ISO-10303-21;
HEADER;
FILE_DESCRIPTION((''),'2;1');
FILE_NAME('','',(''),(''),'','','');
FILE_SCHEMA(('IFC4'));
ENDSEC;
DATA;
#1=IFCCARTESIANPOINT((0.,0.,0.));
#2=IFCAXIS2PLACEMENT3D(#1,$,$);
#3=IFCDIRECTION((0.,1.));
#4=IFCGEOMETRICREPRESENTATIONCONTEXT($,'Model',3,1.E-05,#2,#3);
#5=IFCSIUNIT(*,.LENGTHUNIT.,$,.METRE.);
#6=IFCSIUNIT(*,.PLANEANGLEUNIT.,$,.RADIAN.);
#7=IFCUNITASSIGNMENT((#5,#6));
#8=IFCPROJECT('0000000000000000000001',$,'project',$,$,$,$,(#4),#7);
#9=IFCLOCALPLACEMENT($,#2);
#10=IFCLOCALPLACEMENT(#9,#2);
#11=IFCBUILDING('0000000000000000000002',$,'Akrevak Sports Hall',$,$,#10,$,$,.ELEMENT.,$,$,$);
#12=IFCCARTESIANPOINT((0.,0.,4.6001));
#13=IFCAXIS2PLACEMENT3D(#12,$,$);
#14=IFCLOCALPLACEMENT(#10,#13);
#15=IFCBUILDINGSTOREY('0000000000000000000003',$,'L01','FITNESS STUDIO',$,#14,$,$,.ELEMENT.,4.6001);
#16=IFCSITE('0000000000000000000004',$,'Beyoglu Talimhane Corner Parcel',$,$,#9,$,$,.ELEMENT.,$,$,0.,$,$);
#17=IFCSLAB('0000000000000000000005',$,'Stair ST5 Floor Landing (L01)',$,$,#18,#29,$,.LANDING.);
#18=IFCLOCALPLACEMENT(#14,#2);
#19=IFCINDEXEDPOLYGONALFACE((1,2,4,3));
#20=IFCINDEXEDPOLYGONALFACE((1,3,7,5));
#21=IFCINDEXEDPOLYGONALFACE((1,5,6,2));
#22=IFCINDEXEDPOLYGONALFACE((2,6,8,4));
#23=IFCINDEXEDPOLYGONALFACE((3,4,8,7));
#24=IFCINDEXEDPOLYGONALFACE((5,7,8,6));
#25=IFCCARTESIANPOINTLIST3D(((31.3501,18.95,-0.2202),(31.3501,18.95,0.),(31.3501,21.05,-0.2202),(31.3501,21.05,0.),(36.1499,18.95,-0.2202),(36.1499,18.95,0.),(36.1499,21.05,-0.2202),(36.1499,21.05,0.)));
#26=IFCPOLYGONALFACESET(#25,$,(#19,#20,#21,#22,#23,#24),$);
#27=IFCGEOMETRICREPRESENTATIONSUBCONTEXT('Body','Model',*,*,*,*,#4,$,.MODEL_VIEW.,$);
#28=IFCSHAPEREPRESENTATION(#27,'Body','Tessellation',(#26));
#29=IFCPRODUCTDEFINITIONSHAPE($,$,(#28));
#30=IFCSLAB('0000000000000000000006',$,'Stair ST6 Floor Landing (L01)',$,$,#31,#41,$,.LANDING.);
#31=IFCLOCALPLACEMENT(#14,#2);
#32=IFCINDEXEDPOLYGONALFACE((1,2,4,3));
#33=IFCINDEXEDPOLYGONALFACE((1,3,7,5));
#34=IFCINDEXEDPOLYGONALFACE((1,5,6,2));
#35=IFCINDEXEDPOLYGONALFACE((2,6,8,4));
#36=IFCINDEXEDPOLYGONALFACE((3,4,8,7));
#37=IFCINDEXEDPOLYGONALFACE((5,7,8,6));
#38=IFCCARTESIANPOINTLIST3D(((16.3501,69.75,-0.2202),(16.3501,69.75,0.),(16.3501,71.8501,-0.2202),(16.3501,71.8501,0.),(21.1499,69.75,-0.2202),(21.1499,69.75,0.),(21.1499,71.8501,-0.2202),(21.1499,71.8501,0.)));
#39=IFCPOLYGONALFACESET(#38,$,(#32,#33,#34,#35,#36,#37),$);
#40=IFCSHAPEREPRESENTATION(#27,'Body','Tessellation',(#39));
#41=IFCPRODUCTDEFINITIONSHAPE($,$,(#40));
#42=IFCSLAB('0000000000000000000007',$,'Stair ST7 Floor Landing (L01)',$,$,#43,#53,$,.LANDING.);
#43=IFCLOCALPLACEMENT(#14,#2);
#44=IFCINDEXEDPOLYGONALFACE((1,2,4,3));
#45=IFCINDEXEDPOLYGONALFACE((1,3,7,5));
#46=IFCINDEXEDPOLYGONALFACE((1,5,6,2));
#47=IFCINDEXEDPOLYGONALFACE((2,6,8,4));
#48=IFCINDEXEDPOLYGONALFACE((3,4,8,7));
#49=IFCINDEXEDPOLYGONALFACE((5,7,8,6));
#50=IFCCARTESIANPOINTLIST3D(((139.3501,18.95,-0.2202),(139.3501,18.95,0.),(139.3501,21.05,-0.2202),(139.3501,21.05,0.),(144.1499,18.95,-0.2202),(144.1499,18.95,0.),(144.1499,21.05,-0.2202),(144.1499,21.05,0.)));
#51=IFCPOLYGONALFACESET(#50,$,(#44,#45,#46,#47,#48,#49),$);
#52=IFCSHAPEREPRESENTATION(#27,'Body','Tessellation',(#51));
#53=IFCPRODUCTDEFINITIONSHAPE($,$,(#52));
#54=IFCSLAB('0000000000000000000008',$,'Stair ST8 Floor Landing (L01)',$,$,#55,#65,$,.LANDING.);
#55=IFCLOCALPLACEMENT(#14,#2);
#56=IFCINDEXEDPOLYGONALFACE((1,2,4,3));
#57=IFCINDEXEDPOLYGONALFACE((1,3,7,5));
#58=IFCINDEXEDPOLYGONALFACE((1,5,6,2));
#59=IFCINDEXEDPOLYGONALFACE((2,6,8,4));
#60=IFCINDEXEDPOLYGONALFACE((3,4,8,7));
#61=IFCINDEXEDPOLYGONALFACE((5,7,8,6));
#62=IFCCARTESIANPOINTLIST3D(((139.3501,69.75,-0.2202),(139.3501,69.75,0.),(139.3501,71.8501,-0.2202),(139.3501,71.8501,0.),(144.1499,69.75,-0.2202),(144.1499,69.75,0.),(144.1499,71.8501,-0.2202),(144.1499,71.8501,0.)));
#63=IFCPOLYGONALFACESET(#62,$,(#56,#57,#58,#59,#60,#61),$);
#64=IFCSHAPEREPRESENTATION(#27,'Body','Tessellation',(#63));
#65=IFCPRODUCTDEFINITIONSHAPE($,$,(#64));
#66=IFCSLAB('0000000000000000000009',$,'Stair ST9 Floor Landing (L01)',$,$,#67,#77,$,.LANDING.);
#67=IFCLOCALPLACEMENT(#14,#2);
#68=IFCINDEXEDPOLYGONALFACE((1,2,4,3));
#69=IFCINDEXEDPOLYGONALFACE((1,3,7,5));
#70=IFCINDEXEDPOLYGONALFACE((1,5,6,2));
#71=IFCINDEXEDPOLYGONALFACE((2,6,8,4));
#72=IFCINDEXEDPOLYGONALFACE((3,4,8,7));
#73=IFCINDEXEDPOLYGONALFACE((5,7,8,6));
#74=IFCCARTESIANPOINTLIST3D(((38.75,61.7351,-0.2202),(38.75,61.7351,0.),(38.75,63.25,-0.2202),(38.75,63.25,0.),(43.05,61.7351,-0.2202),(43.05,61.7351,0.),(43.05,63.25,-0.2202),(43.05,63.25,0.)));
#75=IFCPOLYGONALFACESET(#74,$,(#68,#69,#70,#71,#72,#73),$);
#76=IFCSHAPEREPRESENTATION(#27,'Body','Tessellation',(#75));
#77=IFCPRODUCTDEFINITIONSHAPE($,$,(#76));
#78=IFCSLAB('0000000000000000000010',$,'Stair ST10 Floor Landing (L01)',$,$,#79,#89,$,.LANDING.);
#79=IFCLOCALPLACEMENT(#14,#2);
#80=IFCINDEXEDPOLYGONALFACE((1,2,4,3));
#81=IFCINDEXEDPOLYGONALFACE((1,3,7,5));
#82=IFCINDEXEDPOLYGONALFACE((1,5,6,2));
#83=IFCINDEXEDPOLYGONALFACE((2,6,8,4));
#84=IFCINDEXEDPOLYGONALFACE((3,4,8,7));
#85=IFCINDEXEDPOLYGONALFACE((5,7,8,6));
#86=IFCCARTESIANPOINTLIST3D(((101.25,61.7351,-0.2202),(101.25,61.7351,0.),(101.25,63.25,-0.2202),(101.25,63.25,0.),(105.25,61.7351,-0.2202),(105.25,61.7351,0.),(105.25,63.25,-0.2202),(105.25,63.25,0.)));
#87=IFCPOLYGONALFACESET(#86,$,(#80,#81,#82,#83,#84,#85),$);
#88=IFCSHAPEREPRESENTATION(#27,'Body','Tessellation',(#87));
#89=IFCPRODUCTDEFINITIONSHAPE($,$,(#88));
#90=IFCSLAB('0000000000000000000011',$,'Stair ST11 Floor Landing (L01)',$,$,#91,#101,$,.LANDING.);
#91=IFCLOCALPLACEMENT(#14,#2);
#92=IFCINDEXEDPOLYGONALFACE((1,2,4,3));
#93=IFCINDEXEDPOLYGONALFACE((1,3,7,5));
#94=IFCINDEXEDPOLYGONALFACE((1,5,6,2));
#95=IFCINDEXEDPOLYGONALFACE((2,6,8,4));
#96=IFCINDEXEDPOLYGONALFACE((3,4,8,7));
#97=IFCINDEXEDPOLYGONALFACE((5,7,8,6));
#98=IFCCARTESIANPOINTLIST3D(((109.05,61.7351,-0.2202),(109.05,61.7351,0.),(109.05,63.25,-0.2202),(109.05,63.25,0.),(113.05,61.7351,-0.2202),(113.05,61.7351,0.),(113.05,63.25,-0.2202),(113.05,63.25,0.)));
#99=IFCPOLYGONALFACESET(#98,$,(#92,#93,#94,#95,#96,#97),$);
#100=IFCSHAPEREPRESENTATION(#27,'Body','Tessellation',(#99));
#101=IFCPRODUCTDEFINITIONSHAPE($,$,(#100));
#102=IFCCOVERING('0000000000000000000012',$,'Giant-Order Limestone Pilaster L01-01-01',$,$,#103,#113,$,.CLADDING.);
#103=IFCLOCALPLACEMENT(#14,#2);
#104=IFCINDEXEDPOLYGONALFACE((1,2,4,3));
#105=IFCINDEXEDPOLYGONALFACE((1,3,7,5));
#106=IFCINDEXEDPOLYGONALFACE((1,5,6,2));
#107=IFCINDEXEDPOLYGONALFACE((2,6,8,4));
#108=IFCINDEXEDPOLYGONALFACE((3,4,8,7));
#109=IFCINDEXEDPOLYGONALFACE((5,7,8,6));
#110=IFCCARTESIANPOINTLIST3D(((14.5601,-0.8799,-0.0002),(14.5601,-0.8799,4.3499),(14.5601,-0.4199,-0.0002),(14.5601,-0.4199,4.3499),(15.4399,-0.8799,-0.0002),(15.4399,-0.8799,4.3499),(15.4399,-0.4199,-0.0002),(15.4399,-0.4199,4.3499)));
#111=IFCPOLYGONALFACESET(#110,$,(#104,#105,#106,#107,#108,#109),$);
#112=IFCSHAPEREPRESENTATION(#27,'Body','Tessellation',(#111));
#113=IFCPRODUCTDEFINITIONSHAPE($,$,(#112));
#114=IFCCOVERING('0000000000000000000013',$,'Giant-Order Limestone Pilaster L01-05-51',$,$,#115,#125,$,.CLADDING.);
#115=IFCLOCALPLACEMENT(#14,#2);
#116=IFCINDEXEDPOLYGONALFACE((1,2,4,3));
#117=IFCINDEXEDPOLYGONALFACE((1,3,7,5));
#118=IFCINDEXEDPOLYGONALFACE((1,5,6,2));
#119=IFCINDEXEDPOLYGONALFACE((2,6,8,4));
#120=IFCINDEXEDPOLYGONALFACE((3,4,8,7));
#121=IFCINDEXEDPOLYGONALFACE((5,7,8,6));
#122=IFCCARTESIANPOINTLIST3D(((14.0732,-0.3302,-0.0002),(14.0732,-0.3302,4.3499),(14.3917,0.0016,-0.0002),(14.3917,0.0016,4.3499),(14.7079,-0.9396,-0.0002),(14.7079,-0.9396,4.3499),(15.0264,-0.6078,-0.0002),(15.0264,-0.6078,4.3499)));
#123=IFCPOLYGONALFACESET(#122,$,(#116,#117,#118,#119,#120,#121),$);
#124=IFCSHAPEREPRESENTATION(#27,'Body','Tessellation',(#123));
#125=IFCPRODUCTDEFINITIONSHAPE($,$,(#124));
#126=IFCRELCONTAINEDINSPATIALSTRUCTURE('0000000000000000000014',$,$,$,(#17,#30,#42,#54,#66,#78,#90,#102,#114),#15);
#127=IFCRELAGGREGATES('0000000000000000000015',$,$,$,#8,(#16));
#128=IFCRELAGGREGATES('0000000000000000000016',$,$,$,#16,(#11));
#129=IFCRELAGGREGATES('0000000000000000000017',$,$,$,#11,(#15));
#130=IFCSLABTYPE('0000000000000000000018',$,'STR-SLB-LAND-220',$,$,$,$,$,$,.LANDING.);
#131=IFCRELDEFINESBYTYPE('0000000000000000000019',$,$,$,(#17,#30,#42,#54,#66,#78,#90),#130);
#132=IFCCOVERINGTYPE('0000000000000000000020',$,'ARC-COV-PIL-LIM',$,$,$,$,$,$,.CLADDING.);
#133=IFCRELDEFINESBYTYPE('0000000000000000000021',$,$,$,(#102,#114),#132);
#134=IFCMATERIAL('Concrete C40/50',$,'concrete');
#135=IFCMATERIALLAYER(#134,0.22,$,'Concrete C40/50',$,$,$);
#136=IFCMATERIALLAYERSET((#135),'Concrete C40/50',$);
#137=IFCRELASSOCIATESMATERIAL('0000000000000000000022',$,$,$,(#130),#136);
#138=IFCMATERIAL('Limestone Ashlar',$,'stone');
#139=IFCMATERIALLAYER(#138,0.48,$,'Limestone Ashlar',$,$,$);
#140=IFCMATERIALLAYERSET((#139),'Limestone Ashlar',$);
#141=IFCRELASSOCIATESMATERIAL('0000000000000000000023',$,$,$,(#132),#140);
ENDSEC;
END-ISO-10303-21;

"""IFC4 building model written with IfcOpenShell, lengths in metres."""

from ifc_helpers import new_model, si_unit, direction, frame, origin, origin_2d, place, context, subcontext, project, spatial, polyline, rectangle, outline, extrude, material, layer, layer_set, type_object, element, save


model = new_model("IFC4")

# Units and contexts
model_context = context("Model", 3, precision=1e-05, world=origin(), true_north=direction((0.0, 1.0)))
body_context = subcontext(model_context, "Body", "Model", "MODEL_VIEW")
ifc_project = project(units=[si_unit("LENGTHUNIT", "METRE"), si_unit("PLANEANGLEUNIT", "RADIAN")], contexts=[model_context])

# Site, building, storey
site_placement = place(None, origin())
site = spatial("IfcSite", under=ifc_project, at=site_placement, Name="Beyoglu Talimhane Corner Parcel", CompositionType="ELEMENT", RefElevation=0.0)
building_placement = place(site_placement, origin())
building = spatial("IfcBuilding", under=site, at=building_placement, Name="Akrevak Sports Hall", CompositionType="ELEMENT")
storey_placement = place(building_placement, frame((0.0, 0.0, 4.6001)))
storey = spatial("IfcBuildingStorey", under=building, at=storey_placement, Name="L01", Description="FITNESS STUDIO", CompositionType="ELEMENT", Elevation=4.6001)

# Shared definitions
ifc_material_1 = material(Name="Concrete C40/50", Category="concrete")

# Slabs
ifc_layer_1 = layer(ifc_material_1, 0.22, Name="Concrete C40/50")
ifc_layer_set_1 = layer_set([ifc_layer_1], Name="Concrete C40/50")
slab_type_1 = type_object("IfcSlabType", Name="STR-SLB-LAND-220", PredefinedType="LANDING", material=ifc_layer_set_1)
slab_1_placement = place(storey_placement, frame((0.0, 0.0, -0.2202)))
element("IfcSlab", 1, at=slab_1_placement, inside=storey, type_object=slab_type_1, Name="Stair ST5 Floor Landing (L01)", PredefinedType="LANDING", context=body_context, shape_type="SweptSolid", body=[
    extrude(outline(polyline([(31.3501, 18.95), (36.1499, 18.95), (36.1499, 21.05), (31.3501, 21.05), (31.3501, 18.95)])), origin(), (0.0, 0.0, 1.0), 0.2202),
])
slab_2_placement = place(storey_placement, frame((0.0, 0.0, -0.2202)))
element("IfcSlab", 2, at=slab_2_placement, inside=storey, type_object=slab_type_1, Name="Stair ST6 Floor Landing (L01)", PredefinedType="LANDING", context=body_context, shape_type="SweptSolid", body=[
    extrude(outline(polyline([(16.3501, 69.75), (21.1499, 69.75), (21.1499, 71.8501), (16.3501, 71.8501), (16.3501, 69.75)])), origin(), (0.0, 0.0, 1.0), 0.2202),
])
slab_3_placement = place(storey_placement, frame((0.0, 0.0, -0.2202)))
element("IfcSlab", 3, at=slab_3_placement, inside=storey, type_object=slab_type_1, Name="Stair ST7 Floor Landing (L01)", PredefinedType="LANDING", context=body_context, shape_type="SweptSolid", body=[
    extrude(outline(polyline([(139.3501, 18.95), (144.1499, 18.95), (144.1499, 21.05), (139.3501, 21.05), (139.3501, 18.95)])), origin(), (0.0, 0.0, 1.0), 0.2202),
])
slab_4_placement = place(storey_placement, frame((0.0, 0.0, -0.2202)))
element("IfcSlab", 4, at=slab_4_placement, inside=storey, type_object=slab_type_1, Name="Stair ST8 Floor Landing (L01)", PredefinedType="LANDING", context=body_context, shape_type="SweptSolid", body=[
    extrude(outline(polyline([(139.3501, 69.75), (144.1499, 69.75), (144.1499, 71.8501), (139.3501, 71.8501), (139.3501, 69.75)])), origin(), (0.0, 0.0, 1.0), 0.2202),
])
slab_5_placement = place(storey_placement, frame((0.0, 0.0, -0.2202)))
element("IfcSlab", 5, at=slab_5_placement, inside=storey, type_object=slab_type_1, Name="Stair ST9 Floor Landing (L01)", PredefinedType="LANDING", context=body_context, shape_type="SweptSolid", body=[
    extrude(outline(polyline([(38.75, 61.7351), (43.05, 61.7351), (43.05, 63.25), (38.75, 63.25), (38.75, 61.7351)])), origin(), (0.0, 0.0, 1.0), 0.2202),
])
slab_6_placement = place(storey_placement, frame((0.0, 0.0, -0.2202)))
element("IfcSlab", 6, at=slab_6_placement, inside=storey, type_object=slab_type_1, Name="Stair ST10 Floor Landing (L01)", PredefinedType="LANDING", context=body_context, shape_type="SweptSolid", body=[
    extrude(outline(polyline([(101.25, 61.7351), (105.25, 61.7351), (105.25, 63.25), (101.25, 63.25), (101.25, 61.7351)])), origin(), (0.0, 0.0, 1.0), 0.2202),
])
slab_7_placement = place(storey_placement, frame((0.0, 0.0, -0.2202)))
element("IfcSlab", 7, at=slab_7_placement, inside=storey, type_object=slab_type_1, Name="Stair ST11 Floor Landing (L01)", PredefinedType="LANDING", context=body_context, shape_type="SweptSolid", body=[
    extrude(outline(polyline([(109.05, 61.7351), (113.05, 61.7351), (113.05, 63.25), (109.05, 63.25), (109.05, 61.7351)])), origin(), (0.0, 0.0, 1.0), 0.2202),
])

# Coverings
ifc_material_2 = material(Name="Limestone Ashlar", Category="stone")
ifc_layer_2 = layer(ifc_material_2, 0.48, Name="Limestone Ashlar")
ifc_layer_set_2 = layer_set([ifc_layer_2], Name="Limestone Ashlar")
covering_type = type_object("IfcCoveringType", Name="ARC-COV-PIL-LIM", PredefinedType="CLADDING", material=ifc_layer_set_2)
for number, where, z_axis, x_axis, name in (
    (8, (15.0, -0.6499, -0.0002), (0.0, 0.0, 1.0), (1.0, 0.0, 0.0), "Giant-Order Limestone Pilaster L01-01-01"),
    (9, (14.5498, -0.469, -0.0002), (0.0, 0.0, 1.0), (0.721386, -0.692534, 0.0), "Giant-Order Limestone Pilaster L01-05-51"),
):
    element("IfcCovering", number, at=place(storey_placement, frame(where, z_axis=z_axis, x_axis=x_axis)), inside=storey, type_object=covering_type, Name=name, PredefinedType="CLADDING", context=body_context, shape_type="SweptSolid", body=[
        extrude(rectangle(XDim=0.8799, YDim=0.46, at=origin_2d()), origin(), (0.0, 0.0, 1.0), 4.3501),
    ])

save(model, "model.ifc")
